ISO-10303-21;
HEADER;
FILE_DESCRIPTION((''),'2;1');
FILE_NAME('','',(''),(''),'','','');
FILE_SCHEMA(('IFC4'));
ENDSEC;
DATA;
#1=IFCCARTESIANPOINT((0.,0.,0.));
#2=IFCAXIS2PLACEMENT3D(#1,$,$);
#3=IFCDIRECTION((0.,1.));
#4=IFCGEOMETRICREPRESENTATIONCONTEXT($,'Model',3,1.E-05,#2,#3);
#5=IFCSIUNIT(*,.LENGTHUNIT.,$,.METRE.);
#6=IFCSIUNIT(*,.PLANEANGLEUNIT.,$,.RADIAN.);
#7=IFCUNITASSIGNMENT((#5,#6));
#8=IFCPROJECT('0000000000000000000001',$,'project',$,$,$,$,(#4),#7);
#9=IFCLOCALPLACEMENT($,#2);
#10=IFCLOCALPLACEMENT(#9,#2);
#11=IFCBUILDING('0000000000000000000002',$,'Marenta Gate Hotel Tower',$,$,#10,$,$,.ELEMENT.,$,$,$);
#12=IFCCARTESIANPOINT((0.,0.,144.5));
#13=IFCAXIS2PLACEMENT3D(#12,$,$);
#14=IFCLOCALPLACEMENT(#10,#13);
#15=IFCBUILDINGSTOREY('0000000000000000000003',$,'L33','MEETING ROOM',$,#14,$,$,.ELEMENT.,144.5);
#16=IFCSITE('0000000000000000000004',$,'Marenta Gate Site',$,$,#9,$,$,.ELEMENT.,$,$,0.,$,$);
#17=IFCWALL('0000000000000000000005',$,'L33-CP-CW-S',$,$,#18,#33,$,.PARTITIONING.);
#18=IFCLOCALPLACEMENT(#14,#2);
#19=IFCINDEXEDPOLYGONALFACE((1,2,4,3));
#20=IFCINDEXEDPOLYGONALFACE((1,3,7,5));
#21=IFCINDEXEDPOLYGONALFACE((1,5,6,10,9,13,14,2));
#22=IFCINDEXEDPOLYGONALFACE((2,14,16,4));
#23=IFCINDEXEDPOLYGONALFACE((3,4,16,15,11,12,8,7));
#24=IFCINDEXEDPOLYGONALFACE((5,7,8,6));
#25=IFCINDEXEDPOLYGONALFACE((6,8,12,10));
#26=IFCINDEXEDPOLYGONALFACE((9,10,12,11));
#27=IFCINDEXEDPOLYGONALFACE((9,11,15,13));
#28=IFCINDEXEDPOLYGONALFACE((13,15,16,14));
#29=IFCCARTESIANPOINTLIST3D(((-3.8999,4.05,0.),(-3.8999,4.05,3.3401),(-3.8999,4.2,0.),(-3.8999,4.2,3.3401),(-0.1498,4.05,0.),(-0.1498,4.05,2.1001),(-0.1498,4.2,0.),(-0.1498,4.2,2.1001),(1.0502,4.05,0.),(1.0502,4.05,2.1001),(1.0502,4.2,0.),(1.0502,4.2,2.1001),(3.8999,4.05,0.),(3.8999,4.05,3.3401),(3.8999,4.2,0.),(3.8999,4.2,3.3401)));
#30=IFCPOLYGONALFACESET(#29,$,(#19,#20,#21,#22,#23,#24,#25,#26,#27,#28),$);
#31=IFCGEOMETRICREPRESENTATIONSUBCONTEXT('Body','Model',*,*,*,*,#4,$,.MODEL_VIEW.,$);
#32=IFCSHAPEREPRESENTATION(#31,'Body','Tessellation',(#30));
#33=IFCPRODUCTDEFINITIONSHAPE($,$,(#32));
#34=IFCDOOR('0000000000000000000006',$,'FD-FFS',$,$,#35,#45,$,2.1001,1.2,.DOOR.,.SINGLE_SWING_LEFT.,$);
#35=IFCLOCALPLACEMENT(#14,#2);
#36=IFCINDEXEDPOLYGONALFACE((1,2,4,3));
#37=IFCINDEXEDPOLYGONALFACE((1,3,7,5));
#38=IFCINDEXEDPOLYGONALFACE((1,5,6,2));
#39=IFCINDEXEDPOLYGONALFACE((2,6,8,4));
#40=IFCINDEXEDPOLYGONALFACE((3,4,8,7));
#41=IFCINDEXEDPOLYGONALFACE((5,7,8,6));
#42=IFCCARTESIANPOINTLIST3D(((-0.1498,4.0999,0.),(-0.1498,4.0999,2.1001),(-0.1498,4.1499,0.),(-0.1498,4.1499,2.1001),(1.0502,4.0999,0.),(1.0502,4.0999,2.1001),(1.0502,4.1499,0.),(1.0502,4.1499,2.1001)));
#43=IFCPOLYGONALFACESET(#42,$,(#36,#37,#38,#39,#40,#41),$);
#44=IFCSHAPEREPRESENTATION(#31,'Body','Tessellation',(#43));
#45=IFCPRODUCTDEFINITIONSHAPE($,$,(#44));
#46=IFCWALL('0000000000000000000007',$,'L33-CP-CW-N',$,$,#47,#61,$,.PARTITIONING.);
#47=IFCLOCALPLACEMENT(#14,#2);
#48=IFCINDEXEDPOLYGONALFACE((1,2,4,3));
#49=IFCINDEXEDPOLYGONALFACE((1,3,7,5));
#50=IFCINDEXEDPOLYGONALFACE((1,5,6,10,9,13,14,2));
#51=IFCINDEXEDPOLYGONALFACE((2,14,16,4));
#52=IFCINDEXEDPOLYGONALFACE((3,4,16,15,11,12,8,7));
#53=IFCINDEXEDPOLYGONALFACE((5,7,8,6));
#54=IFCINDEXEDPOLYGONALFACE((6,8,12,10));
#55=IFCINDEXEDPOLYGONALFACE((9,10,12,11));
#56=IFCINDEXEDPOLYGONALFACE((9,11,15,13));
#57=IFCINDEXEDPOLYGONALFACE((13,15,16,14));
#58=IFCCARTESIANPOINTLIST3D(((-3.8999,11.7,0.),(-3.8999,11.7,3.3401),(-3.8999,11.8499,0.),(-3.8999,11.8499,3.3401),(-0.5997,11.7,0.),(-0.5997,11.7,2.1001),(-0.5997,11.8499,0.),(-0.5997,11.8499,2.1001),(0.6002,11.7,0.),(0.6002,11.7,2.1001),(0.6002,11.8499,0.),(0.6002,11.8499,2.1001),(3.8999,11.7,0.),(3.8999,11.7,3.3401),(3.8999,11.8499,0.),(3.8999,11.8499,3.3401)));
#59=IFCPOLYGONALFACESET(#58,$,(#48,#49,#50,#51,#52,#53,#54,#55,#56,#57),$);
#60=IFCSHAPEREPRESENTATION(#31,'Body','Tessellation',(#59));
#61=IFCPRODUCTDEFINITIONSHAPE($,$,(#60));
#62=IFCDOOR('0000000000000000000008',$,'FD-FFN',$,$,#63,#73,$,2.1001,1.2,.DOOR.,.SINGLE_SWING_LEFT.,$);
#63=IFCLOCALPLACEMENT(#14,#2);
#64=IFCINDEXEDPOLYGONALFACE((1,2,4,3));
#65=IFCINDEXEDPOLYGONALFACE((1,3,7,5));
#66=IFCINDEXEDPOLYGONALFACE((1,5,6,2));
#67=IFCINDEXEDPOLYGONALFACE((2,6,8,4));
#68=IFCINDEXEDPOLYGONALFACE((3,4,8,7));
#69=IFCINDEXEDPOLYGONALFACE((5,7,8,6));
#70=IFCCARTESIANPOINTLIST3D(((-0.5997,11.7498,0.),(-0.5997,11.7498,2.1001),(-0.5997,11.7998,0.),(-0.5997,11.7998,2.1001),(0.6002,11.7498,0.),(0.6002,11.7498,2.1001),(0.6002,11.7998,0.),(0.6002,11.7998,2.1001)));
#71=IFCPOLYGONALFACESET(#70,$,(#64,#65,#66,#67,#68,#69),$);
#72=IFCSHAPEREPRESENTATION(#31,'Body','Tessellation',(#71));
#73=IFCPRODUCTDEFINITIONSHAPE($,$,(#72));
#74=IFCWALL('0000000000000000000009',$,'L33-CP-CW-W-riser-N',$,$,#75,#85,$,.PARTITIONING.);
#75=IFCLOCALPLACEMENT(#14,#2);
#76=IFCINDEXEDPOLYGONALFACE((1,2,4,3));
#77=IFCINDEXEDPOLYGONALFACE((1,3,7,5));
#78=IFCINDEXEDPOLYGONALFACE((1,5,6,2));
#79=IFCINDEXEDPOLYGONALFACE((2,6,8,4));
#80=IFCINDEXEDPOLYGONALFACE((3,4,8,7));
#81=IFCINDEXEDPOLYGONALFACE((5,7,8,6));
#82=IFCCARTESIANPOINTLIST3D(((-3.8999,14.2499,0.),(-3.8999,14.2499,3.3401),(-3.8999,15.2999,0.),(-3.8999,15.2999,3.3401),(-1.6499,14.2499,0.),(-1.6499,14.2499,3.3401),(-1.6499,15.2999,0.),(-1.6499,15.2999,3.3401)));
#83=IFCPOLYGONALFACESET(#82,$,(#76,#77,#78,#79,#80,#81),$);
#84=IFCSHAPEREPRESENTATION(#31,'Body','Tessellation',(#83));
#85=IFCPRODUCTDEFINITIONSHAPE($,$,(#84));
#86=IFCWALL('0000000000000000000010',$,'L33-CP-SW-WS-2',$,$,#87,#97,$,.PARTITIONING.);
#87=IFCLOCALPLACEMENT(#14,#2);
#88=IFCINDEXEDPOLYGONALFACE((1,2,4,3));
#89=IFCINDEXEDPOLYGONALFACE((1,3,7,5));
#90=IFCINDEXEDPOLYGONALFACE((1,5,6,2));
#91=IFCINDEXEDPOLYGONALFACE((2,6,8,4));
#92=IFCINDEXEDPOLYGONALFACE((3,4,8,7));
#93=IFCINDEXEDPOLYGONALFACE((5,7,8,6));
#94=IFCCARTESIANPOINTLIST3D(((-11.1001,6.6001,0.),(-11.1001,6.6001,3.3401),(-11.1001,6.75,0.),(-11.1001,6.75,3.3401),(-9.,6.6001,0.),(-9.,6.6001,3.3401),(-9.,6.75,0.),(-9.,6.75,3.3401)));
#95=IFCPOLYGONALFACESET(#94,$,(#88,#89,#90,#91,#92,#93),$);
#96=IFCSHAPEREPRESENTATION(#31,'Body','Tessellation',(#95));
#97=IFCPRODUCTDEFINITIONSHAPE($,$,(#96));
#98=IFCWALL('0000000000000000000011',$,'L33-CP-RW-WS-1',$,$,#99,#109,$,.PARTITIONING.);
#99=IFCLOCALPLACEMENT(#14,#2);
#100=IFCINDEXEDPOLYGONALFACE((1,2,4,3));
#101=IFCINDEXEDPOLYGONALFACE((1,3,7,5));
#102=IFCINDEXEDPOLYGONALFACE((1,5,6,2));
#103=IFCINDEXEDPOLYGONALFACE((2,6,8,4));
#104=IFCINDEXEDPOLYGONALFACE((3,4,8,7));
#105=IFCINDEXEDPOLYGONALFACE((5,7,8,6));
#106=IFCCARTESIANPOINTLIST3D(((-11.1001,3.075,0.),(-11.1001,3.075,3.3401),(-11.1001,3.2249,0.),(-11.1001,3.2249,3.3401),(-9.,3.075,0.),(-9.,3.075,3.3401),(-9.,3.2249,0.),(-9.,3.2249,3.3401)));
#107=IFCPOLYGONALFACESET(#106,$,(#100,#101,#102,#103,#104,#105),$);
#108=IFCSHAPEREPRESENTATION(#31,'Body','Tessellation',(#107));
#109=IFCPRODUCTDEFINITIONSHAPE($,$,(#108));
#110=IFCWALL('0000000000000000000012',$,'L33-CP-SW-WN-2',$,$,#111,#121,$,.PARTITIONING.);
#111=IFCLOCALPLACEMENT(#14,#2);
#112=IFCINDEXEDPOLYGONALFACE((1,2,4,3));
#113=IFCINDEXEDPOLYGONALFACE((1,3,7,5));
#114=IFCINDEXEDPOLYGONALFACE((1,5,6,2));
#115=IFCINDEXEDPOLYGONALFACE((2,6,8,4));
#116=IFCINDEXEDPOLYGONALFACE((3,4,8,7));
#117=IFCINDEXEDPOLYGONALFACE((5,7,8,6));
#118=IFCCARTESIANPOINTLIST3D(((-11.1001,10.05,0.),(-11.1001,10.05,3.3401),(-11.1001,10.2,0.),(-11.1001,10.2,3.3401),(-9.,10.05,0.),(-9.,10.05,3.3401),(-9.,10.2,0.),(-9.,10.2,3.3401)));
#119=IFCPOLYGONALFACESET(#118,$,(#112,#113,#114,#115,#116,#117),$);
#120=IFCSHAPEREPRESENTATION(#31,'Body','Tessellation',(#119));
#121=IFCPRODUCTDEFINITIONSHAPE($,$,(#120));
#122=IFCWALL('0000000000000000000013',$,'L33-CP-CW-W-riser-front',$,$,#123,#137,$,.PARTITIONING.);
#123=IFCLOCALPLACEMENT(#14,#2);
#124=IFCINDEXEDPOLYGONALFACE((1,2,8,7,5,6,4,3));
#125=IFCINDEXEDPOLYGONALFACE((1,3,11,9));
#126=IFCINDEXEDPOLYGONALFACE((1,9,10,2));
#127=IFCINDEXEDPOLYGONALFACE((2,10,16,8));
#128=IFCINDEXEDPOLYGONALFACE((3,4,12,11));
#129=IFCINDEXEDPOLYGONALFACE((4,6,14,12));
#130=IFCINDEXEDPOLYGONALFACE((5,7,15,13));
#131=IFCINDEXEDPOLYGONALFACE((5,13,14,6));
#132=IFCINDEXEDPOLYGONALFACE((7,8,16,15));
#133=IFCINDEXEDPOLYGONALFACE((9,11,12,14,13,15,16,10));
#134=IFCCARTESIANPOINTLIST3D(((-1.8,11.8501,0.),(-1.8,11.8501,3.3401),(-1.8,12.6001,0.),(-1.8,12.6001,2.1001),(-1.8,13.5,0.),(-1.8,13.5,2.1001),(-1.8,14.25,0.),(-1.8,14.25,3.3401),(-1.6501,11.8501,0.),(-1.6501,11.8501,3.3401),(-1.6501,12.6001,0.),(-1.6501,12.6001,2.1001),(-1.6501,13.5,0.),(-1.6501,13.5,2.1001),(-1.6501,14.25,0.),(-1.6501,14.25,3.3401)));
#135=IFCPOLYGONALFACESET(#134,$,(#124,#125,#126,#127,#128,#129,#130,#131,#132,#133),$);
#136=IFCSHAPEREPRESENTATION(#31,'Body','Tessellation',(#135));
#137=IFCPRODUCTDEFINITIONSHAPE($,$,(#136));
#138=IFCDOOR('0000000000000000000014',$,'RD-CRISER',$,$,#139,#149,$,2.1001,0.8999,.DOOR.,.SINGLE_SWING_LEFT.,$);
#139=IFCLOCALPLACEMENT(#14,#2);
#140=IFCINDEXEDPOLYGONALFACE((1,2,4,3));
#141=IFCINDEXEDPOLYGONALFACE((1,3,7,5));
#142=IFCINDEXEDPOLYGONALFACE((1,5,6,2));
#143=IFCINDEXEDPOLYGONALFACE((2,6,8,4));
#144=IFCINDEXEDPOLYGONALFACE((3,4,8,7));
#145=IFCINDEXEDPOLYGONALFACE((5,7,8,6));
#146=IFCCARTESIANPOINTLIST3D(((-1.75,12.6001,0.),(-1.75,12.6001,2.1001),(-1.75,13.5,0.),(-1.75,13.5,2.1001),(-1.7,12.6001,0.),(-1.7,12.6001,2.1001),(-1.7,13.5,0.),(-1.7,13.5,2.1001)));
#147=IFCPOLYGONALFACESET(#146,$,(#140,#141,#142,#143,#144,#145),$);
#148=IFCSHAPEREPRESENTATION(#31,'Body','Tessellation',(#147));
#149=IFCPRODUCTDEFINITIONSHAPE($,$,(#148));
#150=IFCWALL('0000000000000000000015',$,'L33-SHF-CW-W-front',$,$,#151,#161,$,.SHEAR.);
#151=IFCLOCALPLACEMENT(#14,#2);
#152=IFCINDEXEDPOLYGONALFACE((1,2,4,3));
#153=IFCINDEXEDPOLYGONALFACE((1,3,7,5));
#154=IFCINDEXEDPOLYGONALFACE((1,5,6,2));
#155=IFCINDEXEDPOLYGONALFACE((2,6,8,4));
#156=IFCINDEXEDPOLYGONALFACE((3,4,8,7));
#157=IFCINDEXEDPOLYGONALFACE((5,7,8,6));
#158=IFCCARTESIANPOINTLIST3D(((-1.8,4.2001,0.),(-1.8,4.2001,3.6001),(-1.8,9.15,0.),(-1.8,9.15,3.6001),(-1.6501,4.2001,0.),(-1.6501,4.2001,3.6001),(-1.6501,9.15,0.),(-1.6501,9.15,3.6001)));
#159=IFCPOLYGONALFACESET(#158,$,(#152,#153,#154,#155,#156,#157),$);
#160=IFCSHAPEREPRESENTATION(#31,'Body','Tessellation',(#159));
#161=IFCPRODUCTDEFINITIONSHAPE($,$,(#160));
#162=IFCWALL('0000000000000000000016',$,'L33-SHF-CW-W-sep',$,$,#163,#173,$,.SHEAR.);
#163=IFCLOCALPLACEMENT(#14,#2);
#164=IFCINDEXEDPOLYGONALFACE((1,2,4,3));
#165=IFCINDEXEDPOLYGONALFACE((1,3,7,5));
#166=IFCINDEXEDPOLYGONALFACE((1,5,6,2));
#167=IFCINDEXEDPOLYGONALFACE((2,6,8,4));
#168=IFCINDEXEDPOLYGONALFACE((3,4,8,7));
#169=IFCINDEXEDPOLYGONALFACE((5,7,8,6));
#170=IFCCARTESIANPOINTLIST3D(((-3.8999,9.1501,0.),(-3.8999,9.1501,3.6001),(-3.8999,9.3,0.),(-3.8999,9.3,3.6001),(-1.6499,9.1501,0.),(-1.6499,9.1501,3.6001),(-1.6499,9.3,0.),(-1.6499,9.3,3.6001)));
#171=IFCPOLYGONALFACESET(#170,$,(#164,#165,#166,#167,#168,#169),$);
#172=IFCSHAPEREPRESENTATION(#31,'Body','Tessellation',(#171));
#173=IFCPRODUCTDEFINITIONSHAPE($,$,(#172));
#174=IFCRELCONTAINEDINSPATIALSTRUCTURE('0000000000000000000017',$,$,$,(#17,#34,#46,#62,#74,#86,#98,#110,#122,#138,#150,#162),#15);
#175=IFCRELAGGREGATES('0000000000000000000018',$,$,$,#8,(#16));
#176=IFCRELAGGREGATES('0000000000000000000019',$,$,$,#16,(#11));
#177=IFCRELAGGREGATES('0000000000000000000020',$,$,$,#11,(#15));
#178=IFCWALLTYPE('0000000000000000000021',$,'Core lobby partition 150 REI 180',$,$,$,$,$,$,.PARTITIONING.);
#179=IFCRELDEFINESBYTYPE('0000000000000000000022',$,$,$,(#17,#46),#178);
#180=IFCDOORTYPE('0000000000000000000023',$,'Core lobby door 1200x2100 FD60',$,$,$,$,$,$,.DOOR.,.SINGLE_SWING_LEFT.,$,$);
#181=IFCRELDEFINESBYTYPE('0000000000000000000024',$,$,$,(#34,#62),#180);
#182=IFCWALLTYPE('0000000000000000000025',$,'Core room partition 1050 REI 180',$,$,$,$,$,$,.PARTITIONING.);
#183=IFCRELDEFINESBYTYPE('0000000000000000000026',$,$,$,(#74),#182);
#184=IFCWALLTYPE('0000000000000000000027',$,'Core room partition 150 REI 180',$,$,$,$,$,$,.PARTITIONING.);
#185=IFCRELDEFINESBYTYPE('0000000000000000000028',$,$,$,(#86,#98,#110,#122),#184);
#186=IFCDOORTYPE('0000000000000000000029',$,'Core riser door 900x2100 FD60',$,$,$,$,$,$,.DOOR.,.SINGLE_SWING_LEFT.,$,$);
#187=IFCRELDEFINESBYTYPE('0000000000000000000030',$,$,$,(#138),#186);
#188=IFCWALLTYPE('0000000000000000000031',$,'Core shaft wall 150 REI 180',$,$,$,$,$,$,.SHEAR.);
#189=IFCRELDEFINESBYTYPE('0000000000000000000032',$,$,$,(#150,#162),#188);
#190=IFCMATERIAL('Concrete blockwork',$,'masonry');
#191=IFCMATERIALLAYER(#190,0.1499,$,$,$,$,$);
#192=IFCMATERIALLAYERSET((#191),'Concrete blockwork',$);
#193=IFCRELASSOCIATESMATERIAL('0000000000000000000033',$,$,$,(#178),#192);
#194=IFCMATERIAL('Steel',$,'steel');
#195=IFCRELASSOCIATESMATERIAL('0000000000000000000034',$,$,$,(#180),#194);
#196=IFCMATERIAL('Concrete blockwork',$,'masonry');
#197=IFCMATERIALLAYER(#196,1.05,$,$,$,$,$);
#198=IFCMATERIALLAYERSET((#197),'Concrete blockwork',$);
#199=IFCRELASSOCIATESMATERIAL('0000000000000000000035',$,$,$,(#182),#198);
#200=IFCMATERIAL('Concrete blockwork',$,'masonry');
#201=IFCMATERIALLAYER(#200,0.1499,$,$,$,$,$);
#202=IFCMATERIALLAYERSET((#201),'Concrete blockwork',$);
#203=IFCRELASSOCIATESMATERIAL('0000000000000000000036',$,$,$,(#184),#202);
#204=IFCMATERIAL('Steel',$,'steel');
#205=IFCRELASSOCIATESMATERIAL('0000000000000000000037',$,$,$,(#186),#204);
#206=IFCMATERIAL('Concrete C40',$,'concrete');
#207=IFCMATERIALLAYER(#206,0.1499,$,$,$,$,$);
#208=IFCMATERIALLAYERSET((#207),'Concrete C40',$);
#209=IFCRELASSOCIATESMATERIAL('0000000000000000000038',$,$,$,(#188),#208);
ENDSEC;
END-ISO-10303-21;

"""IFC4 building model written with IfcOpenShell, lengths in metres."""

from ifc_helpers import new_model, si_unit, direction, frame, frame_2d, origin, place, context, subcontext, project, spatial, rectangle, extrude, material, layer, layer_set, type_object, element, fill, save


model = new_model("IFC4")

# Units and contexts
model_context = context("Model", 3, precision=1e-05, world=origin(), true_north=direction((0.0, 1.0)))
body_context = subcontext(model_context, "Body", "Model", "MODEL_VIEW")
ifc_project = project(units=[si_unit("LENGTHUNIT", "METRE"), si_unit("PLANEANGLEUNIT", "RADIAN")], contexts=[model_context])

# Site, building, storey
site_placement = place(None, origin())
site = spatial("IfcSite", under=ifc_project, at=site_placement, Name="Marenta Gate Site", CompositionType="ELEMENT", RefElevation=0.0)
building_placement = place(site_placement, origin())
building = spatial("IfcBuilding", under=site, at=building_placement, Name="Marenta Gate Hotel Tower", CompositionType="ELEMENT")
storey_placement = place(building_placement, frame((0.0, 0.0, 144.5)))
storey = spatial("IfcBuildingStorey", under=building, at=storey_placement, Name="L33", Description="MEETING ROOM", CompositionType="ELEMENT", Elevation=144.5)

# Walls, openings, doors
ifc_material_1 = material(Name="Concrete blockwork", Category="masonry")
ifc_layer_1 = layer(ifc_material_1, 0.1499)
ifc_layer_set_1 = layer_set([ifc_layer_1], Name="Concrete blockwork")
wall_type_1 = type_object("IfcWallType", Name="Core lobby partition 150 REI 180", PredefinedType="PARTITIONING", material=ifc_layer_set_1)
wall_1_placement = place(storey_placement, frame((-3.8999, 4.125, 0.0), z_axis=(0.0, 0.0, 1.0), x_axis=(1.0, 0.0, 0.0)))
wall_1 = element("IfcWall", 1, at=wall_1_placement, inside=storey, type_object=wall_type_1, Name="L33-CP-CW-S", PredefinedType="PARTITIONING", context=body_context, shape_type="SweptSolid", body=[
    extrude(rectangle(XDim=7.7998, YDim=0.1499, at=frame_2d((3.8999, 0.0))), origin(), (0.0, 0.0, 1.0), 3.3401),
])
opening_1_placement = place(wall_1_placement, frame((3.75, 0.0, 0.0)))
opening_1 = element("IfcOpeningElement", 2, at=opening_1_placement, cuts=wall_1, PredefinedType="OPENING", context=body_context, shape_type="SweptSolid", body=[
    extrude(rectangle(XDim=1.2, YDim=2.1001, at=frame_2d((0.6001, 1.05))), frame((0.0, 0.075, 0.0), z_axis=(0.0, -1.0, 0.0), x_axis=(1.0, 0.0, 0.0)), (0.0, 0.0, 1.0), 0.1499),
])
ifc_material_2 = material(Name="Steel", Category="steel")
door_type_1 = type_object("IfcDoorType", Name="Core lobby door 1200x2100 FD60", OperationType="SINGLE_SWING_LEFT", PredefinedType="DOOR", material=ifc_material_2)
door_1_placement = place(opening_1_placement, origin())
door_1 = element("IfcDoor", 3, at=door_1_placement, inside=storey, type_object=door_type_1, Name="FD-FFS", OperationType="SINGLE_SWING_LEFT", OverallHeight=2.1001, OverallWidth=1.2, PredefinedType="DOOR", context=body_context, shape_type="SweptSolid", body=[
    extrude(rectangle(XDim=1.2, YDim=2.1001, at=frame_2d((0.6001, 1.05))), frame((0.0, 0.0249, 0.0), z_axis=(0.0, -1.0, 0.0), x_axis=(1.0, 0.0, 0.0)), (0.0, 0.0, 1.0), 0.05),
])
fill(opening_1, door_1)
wall_2_placement = place(storey_placement, frame((-3.8999, 11.7749, 0.0), z_axis=(0.0, 0.0, 1.0), x_axis=(1.0, 0.0, 0.0)))
wall_2 = element("IfcWall", 4, at=wall_2_placement, inside=storey, type_object=wall_type_1, Name="L33-CP-CW-N", PredefinedType="PARTITIONING", context=body_context, shape_type="SweptSolid", body=[
    extrude(rectangle(XDim=7.7998, YDim=0.1499, at=frame_2d((3.8999, 0.0))), origin(), (0.0, 0.0, 1.0), 3.3401),
])
opening_2_placement = place(wall_2_placement, frame((3.3, 0.0, 0.0)))
opening_2 = element("IfcOpeningElement", 5, at=opening_2_placement, cuts=wall_2, PredefinedType="OPENING", context=body_context, shape_type="SweptSolid", body=[
    extrude(rectangle(XDim=1.2, YDim=2.1001, at=frame_2d((0.6001, 1.05))), frame((0.0, 0.075, 0.0), z_axis=(0.0, -1.0, 0.0), x_axis=(1.0, 0.0, 0.0)), (0.0, 0.0, 1.0), 0.1499),
])
door_2_placement = place(opening_2_placement, origin())
door_2 = element("IfcDoor", 6, at=door_2_placement, inside=storey, type_object=door_type_1, Name="FD-FFN", OperationType="SINGLE_SWING_LEFT", OverallHeight=2.1001, OverallWidth=1.2, PredefinedType="DOOR", context=body_context, shape_type="SweptSolid", body=[
    extrude(rectangle(XDim=1.2, YDim=2.1001, at=frame_2d((0.6001, 1.05))), frame((0.0, 0.0249, 0.0), z_axis=(0.0, -1.0, 0.0), x_axis=(1.0, 0.0, 0.0)), (0.0, 0.0, 1.0), 0.05),
])
fill(opening_2, door_2)

# Walls
ifc_material_3 = material(Name="Concrete blockwork", Category="masonry")
ifc_layer_2 = layer(ifc_material_3, 1.05)
ifc_layer_set_2 = layer_set([ifc_layer_2], Name="Concrete blockwork")
wall_type_2 = type_object("IfcWallType", Name="Core room partition 1050 REI 180", PredefinedType="PARTITIONING", material=ifc_layer_set_2)
wall_3_placement = place(storey_placement, frame((-3.8999, 14.7749, 0.0), z_axis=(0.0, 0.0, 1.0), x_axis=(1.0, 0.0, 0.0)))
element("IfcWall", 7, at=wall_3_placement, inside=storey, type_object=wall_type_2, Name="L33-CP-CW-W-riser-N", PredefinedType="PARTITIONING", context=body_context, shape_type="SweptSolid", body=[
    extrude(rectangle(XDim=2.25, YDim=1.05, at=frame_2d((1.125, 0.0))), origin(), (0.0, 0.0, 1.0), 3.3401),
])
ifc_material_4 = material(Name="Concrete blockwork", Category="masonry")
ifc_layer_3 = layer(ifc_material_4, 0.1499)
ifc_layer_set_3 = layer_set([ifc_layer_3], Name="Concrete blockwork")
wall_type_3 = type_object("IfcWallType", Name="Core room partition 150 REI 180", PredefinedType="PARTITIONING", material=ifc_layer_set_3)
for number, where, z_axis, x_axis, name in (
    (8, (-11.1001, 6.675, 0.0), (0.0, 0.0, 1.0), (1.0, 0.0, 0.0), "L33-CP-SW-WS-2"),
    (9, (-11.1001, 3.1499, 0.0), (0.0, 0.0, 1.0), (1.0, 0.0, 0.0), "L33-CP-RW-WS-1"),
    (10, (-11.1001, 10.125, 0.0), (0.0, 0.0, 1.0), (1.0, 0.0, 0.0), "L33-CP-SW-WN-2"),
):
    element("IfcWall", number, at=place(storey_placement, frame(where, z_axis=z_axis, x_axis=x_axis)), inside=storey, type_object=wall_type_3, Name=name, PredefinedType="PARTITIONING", context=body_context, shape_type="SweptSolid", body=[
        extrude(rectangle(XDim=2.1001, YDim=0.1499, at=frame_2d((1.05, 0.0))), origin(), (0.0, 0.0, 1.0), 3.3401),
    ])

# Wall, opening, door
wall_4_placement = place(storey_placement, frame((-1.7251, 11.8501, 0.0), z_axis=(0.0, 0.0, 1.0), x_axis=(0.0, 1.0, 0.0)))
wall_4 = element("IfcWall", 11, at=wall_4_placement, inside=storey, type_object=wall_type_3, Name="L33-CP-CW-W-riser-front", PredefinedType="PARTITIONING", context=body_context, shape_type="SweptSolid", body=[
    extrude(rectangle(XDim=2.3999, YDim=0.1499, at=frame_2d((1.2, 0.0))), origin(), (0.0, 0.0, 1.0), 3.3401),
])
opening_3_placement = place(wall_4_placement, frame((0.75, 0.0, 0.0)))
opening_3 = element("IfcOpeningElement", 12, at=opening_3_placement, cuts=wall_4, PredefinedType="OPENING", context=body_context, shape_type="SweptSolid", body=[
    extrude(rectangle(XDim=0.8999, YDim=2.1001, at=frame_2d((0.45, 1.05))), frame((0.0, 0.075, 0.0), z_axis=(0.0, -1.0, 0.0), x_axis=(1.0, 0.0, 0.0)), (0.0, 0.0, 1.0), 0.1499),
])
ifc_material_5 = material(Name="Steel", Category="steel")
door_type_2 = type_object("IfcDoorType", Name="Core riser door 900x2100 FD60", OperationType="SINGLE_SWING_LEFT", PredefinedType="DOOR", material=ifc_material_5)
door_3_placement = place(opening_3_placement, origin())
door_3 = element("IfcDoor", 13, at=door_3_placement, inside=storey, type_object=door_type_2, Name="RD-CRISER", OperationType="SINGLE_SWING_LEFT", OverallHeight=2.1001, OverallWidth=0.8999, PredefinedType="DOOR", context=body_context, shape_type="SweptSolid", body=[
    extrude(rectangle(XDim=0.8999, YDim=2.1001, at=frame_2d((0.45, 1.05))), frame((0.0, 0.0249, 0.0), z_axis=(0.0, -1.0, 0.0), x_axis=(1.0, 0.0, 0.0)), (0.0, 0.0, 1.0), 0.05),
])
fill(opening_3, door_3)

# Walls
ifc_material_6 = material(Name="Concrete C40", Category="concrete")
ifc_layer_4 = layer(ifc_material_6, 0.1499)
ifc_layer_set_4 = layer_set([ifc_layer_4], Name="Concrete C40")
wall_type_4 = type_object("IfcWallType", Name="Core shaft wall 150 REI 180", PredefinedType="SHEAR", material=ifc_layer_set_4)
wall_5_placement = place(storey_placement, frame((-1.7251, 4.2, 0.0), z_axis=(0.0, 0.0, 1.0), x_axis=(0.0, 1.0, 0.0)))
element("IfcWall", 14, at=wall_5_placement, inside=storey, type_object=wall_type_4, Name="L33-SHF-CW-W-front", PredefinedType="SHEAR", context=body_context, shape_type="SweptSolid", body=[
    extrude(rectangle(XDim=4.95, YDim=0.1499, at=frame_2d((2.4751, 0.0))), origin(), (0.0, 0.0, 1.0), 3.6001),
])
wall_6_placement = place(storey_placement, frame((-3.8999, 9.2251, 0.0), z_axis=(0.0, 0.0, 1.0), x_axis=(1.0, 0.0, 0.0)))
element("IfcWall", 15, at=wall_6_placement, inside=storey, type_object=wall_type_4, Name="L33-SHF-CW-W-sep", PredefinedType="SHEAR", context=body_context, shape_type="SweptSolid", body=[
    extrude(rectangle(XDim=2.25, YDim=0.1499, at=frame_2d((1.125, 0.0))), origin(), (0.0, 0.0, 1.0), 3.6001),
])

save(model, "model.ifc")
